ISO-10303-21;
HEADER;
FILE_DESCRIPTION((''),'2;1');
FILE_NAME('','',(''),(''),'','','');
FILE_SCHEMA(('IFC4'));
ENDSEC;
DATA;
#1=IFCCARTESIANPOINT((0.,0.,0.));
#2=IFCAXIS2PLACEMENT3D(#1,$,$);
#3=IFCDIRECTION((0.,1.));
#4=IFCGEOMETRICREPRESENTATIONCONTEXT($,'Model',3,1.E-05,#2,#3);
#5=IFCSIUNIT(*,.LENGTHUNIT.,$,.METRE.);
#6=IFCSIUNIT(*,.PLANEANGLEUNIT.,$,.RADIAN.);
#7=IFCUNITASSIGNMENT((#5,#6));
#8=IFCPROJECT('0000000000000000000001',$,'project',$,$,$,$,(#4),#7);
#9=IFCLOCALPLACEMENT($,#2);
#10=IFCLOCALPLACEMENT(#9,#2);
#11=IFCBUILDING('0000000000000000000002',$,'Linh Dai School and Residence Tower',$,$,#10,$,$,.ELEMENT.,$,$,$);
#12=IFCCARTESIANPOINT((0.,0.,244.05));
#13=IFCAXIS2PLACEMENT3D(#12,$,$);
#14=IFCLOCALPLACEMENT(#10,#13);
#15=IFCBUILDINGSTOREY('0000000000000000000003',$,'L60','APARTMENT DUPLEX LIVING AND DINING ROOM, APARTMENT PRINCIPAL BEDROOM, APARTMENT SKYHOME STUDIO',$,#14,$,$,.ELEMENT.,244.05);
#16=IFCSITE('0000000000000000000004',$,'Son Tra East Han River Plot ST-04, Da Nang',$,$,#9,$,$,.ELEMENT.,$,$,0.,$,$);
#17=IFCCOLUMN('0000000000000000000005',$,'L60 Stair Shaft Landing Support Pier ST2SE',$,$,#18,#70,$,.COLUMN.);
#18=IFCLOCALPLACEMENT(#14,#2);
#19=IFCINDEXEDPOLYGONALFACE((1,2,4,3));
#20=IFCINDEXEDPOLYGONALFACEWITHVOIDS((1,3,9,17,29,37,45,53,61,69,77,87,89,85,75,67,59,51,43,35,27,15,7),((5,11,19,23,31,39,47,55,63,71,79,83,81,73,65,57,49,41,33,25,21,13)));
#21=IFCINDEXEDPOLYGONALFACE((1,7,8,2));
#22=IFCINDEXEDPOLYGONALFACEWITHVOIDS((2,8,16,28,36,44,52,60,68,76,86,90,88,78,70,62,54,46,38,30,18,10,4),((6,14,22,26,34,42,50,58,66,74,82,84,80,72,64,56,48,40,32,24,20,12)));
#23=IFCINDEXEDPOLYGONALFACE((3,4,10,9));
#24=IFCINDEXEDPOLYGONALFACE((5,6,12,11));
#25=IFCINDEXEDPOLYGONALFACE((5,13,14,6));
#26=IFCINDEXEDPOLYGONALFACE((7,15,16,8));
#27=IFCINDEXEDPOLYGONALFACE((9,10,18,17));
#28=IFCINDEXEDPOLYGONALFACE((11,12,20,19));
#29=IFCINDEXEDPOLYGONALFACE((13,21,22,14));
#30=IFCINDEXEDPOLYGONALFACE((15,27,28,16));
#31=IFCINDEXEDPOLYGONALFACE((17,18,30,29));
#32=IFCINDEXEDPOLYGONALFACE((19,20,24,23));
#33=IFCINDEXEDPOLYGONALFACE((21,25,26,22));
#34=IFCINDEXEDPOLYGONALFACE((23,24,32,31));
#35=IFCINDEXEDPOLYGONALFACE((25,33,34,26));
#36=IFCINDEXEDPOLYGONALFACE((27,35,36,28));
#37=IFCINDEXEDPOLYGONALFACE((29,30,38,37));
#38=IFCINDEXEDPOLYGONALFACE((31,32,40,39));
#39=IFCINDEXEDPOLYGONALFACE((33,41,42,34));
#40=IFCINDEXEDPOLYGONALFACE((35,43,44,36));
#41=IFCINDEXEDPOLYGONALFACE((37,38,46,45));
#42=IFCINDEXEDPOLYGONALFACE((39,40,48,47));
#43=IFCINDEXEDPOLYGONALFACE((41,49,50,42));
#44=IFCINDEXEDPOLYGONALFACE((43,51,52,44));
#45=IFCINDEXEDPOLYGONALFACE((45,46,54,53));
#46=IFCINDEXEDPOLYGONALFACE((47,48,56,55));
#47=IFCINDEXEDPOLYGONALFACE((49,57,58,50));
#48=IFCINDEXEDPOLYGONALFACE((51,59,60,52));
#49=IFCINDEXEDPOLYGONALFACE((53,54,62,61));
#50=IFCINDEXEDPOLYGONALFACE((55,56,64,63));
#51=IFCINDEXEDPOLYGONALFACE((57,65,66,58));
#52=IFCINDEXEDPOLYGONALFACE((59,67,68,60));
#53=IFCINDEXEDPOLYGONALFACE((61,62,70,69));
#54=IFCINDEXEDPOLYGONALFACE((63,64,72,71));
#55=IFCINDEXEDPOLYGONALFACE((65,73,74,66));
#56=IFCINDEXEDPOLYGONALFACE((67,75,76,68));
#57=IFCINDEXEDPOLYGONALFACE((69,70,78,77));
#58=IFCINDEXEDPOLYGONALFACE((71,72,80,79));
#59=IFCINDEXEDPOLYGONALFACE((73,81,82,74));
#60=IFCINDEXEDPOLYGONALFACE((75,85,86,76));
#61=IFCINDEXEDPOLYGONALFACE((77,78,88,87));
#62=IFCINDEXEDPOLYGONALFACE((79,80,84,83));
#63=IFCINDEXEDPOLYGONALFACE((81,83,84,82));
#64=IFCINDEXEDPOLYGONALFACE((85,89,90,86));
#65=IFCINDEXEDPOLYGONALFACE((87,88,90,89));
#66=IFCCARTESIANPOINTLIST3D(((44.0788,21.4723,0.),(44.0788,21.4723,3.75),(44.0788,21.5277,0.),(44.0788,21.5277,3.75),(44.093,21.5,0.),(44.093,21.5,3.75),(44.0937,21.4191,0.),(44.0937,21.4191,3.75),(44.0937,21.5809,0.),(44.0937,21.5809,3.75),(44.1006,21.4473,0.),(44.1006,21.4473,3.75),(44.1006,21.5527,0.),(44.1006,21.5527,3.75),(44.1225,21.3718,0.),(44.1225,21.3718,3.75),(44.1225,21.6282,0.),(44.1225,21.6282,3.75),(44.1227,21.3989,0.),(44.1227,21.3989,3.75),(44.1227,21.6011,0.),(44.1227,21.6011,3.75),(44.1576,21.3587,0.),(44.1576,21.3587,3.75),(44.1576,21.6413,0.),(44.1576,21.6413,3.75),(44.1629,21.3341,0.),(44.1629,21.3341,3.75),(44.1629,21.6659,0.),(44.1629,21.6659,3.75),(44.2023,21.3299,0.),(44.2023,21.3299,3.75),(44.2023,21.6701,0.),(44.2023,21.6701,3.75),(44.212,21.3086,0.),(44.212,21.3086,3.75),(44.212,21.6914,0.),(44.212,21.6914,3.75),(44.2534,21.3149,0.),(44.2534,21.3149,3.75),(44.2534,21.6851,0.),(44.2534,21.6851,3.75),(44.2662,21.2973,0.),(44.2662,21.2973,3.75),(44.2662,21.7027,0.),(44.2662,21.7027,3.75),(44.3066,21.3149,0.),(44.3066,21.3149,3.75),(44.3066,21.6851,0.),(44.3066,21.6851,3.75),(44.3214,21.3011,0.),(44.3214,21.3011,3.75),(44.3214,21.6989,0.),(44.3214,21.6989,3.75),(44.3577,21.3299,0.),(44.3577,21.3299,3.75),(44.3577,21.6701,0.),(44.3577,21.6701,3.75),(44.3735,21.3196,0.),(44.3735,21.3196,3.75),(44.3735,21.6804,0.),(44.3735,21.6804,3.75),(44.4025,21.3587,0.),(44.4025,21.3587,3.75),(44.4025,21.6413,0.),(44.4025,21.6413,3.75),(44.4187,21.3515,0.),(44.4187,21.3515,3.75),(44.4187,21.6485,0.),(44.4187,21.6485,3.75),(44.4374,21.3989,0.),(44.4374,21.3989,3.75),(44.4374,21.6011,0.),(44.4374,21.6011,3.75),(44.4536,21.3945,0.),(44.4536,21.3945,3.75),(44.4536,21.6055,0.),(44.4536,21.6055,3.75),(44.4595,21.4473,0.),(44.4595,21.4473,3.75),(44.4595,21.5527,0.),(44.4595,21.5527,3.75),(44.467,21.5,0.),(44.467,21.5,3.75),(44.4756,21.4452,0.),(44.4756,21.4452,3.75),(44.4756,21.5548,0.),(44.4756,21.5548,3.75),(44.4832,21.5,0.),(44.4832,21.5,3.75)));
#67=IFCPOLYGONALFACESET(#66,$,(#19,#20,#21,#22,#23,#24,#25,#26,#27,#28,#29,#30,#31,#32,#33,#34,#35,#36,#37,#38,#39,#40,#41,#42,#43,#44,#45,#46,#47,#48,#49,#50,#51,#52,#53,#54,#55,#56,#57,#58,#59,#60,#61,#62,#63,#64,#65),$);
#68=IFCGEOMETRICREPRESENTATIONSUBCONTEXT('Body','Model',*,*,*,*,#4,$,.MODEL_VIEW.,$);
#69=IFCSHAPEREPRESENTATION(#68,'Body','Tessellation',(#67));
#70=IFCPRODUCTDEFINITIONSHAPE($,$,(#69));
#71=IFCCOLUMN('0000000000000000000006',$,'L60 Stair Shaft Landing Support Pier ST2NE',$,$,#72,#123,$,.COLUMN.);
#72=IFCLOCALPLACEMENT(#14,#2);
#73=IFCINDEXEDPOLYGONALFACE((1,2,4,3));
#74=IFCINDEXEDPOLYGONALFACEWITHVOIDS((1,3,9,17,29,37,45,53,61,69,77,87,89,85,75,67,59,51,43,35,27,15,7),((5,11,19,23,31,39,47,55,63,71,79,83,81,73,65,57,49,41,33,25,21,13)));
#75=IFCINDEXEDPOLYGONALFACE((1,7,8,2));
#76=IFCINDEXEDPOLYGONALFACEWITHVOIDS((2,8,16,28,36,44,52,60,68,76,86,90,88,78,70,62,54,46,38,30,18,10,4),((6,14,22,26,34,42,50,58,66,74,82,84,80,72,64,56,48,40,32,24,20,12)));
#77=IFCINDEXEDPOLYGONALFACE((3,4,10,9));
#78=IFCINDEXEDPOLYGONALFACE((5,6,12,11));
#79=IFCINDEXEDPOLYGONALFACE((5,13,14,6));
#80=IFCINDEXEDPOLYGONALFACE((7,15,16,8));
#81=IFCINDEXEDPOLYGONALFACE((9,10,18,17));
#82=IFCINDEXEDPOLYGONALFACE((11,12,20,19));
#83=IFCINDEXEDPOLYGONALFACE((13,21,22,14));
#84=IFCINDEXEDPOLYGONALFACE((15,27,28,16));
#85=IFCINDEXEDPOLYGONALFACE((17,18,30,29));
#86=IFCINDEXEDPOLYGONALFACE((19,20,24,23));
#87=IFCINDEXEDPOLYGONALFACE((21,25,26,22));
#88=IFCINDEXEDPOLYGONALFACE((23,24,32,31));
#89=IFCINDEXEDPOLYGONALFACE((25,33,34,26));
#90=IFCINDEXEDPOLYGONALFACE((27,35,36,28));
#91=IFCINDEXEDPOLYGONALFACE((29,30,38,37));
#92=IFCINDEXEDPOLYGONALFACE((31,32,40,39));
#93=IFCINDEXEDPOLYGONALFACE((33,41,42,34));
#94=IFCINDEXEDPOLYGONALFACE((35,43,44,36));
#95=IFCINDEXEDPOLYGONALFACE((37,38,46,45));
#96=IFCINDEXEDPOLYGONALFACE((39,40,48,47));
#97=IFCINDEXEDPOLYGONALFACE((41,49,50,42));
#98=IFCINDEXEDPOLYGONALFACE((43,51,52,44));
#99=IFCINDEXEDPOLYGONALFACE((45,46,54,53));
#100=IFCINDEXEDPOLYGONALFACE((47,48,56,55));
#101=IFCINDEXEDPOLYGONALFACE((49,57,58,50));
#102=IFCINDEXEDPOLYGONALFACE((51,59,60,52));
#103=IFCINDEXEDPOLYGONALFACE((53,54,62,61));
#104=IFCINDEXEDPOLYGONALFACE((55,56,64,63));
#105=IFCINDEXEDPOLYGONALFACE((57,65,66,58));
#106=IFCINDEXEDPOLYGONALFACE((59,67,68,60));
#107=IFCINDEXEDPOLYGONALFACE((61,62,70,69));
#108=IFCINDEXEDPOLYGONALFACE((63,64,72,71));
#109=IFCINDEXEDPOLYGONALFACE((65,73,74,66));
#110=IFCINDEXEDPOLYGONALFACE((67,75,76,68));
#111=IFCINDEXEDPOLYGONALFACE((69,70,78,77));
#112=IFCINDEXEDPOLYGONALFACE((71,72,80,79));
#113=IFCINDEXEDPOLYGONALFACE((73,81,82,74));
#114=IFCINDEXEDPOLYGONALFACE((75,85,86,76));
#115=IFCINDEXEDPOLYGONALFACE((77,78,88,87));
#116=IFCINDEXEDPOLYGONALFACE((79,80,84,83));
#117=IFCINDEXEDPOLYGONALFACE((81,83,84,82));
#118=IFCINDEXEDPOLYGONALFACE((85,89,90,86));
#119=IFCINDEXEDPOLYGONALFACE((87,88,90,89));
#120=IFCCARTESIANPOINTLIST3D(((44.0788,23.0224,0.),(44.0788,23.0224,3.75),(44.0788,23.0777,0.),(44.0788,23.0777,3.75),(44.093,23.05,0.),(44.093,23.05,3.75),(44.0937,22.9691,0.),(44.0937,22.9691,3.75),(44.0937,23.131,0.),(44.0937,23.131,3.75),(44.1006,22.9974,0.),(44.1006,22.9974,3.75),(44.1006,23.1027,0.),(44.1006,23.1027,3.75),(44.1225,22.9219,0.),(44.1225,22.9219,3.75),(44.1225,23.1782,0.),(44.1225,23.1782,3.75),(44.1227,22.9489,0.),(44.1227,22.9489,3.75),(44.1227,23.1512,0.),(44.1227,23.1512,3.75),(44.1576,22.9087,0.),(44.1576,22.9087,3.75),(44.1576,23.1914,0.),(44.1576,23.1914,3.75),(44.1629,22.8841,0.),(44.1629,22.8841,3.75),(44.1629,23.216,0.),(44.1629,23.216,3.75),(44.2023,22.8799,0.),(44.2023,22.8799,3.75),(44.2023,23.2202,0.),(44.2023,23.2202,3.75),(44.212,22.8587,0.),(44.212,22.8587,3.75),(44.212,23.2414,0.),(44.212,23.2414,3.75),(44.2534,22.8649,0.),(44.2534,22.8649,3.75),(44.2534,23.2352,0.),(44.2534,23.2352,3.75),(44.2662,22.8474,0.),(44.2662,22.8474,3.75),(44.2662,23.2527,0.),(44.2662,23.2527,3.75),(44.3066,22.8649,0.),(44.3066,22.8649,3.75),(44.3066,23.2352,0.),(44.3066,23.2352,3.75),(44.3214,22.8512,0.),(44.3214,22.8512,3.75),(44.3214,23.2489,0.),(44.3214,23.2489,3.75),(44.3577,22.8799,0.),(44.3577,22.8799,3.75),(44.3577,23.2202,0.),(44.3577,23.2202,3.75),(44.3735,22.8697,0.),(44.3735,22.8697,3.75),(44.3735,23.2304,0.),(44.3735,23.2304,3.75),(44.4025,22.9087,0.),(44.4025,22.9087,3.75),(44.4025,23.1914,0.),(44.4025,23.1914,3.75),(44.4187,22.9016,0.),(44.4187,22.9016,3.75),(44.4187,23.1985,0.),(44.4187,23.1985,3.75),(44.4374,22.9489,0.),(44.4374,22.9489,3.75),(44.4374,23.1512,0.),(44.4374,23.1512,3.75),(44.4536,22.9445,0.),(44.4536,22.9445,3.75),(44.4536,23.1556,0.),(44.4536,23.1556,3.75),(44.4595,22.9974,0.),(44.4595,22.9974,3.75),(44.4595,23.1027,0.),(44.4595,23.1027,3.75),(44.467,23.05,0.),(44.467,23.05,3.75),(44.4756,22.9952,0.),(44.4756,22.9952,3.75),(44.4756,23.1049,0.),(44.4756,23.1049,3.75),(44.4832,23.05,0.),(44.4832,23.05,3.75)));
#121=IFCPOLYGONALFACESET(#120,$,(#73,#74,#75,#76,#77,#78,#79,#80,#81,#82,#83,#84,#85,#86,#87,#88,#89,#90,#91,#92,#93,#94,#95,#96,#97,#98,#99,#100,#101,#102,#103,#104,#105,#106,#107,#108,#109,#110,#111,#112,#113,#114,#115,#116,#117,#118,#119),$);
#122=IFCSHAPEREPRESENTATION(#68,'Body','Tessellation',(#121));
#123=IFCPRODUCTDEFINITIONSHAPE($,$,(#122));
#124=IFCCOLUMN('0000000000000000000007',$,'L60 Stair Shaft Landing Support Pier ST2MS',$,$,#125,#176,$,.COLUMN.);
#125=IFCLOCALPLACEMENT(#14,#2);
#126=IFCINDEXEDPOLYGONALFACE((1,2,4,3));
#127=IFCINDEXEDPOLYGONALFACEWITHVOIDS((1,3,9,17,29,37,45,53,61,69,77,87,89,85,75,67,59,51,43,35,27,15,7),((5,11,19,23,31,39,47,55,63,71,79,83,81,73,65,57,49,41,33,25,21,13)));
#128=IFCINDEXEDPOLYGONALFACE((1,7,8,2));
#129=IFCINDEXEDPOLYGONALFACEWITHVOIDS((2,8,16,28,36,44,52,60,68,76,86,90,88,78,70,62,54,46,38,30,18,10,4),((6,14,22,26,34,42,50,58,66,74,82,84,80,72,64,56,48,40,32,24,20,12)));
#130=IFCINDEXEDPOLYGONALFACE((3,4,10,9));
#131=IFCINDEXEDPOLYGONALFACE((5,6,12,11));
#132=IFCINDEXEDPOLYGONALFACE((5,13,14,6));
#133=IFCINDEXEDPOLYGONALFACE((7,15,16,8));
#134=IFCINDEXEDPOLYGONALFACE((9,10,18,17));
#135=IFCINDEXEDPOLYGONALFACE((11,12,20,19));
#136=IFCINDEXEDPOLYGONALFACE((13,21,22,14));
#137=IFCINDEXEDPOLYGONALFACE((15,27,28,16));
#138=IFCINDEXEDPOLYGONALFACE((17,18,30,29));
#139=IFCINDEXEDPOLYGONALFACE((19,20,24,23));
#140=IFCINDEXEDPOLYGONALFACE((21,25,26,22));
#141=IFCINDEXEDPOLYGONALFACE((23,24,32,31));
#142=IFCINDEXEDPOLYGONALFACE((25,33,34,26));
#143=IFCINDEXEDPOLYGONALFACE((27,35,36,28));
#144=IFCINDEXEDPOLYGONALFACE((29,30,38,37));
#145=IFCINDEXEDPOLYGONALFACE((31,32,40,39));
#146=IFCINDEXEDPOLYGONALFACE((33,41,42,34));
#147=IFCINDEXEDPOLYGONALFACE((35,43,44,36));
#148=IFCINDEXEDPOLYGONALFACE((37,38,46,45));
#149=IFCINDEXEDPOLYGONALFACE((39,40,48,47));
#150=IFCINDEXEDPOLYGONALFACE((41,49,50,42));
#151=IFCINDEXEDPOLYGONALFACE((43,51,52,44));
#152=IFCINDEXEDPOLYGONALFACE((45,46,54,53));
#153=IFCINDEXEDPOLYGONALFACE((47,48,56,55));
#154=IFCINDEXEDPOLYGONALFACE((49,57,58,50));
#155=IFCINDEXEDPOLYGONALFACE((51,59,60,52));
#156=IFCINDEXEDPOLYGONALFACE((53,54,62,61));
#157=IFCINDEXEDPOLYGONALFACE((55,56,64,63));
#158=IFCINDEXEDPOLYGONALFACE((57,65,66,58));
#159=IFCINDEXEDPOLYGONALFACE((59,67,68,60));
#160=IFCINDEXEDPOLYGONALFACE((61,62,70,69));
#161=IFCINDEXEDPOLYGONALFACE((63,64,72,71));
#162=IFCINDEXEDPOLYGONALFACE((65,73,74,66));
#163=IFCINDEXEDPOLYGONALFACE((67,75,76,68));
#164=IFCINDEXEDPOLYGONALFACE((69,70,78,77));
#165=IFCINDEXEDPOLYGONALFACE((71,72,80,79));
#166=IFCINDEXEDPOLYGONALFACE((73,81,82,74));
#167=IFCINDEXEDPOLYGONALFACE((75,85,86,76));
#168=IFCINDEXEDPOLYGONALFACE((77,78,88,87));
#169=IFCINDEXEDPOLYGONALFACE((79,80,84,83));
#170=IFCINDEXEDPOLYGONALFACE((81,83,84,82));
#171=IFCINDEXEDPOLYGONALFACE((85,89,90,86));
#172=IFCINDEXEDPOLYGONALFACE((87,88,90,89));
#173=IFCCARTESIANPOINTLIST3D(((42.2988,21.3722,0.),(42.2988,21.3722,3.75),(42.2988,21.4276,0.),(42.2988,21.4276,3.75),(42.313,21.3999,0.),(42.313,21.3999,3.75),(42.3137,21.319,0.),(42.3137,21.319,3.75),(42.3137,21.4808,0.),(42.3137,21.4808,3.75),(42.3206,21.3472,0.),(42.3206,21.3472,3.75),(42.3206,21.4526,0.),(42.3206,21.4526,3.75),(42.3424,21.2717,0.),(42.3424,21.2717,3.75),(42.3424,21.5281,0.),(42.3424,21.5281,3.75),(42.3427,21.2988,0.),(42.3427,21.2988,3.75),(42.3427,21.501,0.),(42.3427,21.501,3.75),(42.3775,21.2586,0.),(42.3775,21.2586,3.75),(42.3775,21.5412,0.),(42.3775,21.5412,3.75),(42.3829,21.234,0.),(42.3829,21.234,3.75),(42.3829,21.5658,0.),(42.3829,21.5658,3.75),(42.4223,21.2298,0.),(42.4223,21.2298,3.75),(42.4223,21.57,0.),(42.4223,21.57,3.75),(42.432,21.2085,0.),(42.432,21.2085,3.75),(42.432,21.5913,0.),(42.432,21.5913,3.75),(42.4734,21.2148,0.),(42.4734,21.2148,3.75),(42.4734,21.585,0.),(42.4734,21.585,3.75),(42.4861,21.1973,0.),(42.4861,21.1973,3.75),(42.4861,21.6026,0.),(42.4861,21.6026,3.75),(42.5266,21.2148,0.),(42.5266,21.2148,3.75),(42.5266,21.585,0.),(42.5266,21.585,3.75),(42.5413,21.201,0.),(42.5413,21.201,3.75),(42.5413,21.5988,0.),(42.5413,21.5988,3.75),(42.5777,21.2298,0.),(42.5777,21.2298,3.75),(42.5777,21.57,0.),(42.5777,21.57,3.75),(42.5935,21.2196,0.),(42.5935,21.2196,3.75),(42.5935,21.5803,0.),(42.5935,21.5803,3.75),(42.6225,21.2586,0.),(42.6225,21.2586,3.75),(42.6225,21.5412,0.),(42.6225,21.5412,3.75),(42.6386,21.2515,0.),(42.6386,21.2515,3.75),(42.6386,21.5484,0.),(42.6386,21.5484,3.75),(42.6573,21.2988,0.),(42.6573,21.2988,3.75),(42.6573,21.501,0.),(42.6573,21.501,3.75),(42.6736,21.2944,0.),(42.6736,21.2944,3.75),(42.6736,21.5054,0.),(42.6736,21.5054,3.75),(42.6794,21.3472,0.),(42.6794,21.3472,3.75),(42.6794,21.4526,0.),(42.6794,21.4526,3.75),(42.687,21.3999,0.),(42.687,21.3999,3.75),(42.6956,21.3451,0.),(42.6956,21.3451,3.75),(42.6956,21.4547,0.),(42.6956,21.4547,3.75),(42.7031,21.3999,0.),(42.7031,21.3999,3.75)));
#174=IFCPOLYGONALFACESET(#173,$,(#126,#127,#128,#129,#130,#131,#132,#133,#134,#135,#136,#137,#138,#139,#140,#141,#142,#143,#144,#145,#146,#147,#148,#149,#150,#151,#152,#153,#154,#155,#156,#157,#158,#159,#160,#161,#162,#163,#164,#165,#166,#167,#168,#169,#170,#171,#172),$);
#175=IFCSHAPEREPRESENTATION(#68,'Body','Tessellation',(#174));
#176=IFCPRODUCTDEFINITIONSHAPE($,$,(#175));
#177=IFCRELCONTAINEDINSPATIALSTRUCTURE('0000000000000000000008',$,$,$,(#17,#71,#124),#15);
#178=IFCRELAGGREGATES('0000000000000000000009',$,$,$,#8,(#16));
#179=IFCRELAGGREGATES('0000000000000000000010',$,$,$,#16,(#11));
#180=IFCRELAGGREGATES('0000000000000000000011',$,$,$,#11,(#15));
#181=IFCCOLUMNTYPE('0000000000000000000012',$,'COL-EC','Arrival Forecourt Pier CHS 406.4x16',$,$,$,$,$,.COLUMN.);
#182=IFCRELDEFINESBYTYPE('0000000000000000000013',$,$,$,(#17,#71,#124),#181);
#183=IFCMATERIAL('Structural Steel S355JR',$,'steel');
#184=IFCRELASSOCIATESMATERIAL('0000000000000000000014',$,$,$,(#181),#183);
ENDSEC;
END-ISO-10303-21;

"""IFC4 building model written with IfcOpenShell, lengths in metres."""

from ifc_helpers import new_model, si_unit, direction, frame, origin, origin_2d, place, context, subcontext, project, spatial, hollow_circle, extrude, material, material_profile, profile_set, type_object, element, save


model = new_model("IFC4")

# Units and contexts
model_context = context("Model", 3, precision=1e-05, world=origin(), true_north=direction((0.0, 1.0)))
body_context = subcontext(model_context, "Body", "Model", "MODEL_VIEW")
ifc_project = project(units=[si_unit("LENGTHUNIT", "METRE"), si_unit("PLANEANGLEUNIT", "RADIAN")], contexts=[model_context])

# Site, building, storey
site_placement = place(None, origin())
site = spatial("IfcSite", under=ifc_project, at=site_placement, Name="Son Tra East Han River Plot ST-04, Da Nang", CompositionType="ELEMENT", RefElevation=0.0)
building_placement = place(site_placement, origin())
building = spatial("IfcBuilding", under=site, at=building_placement, Name="Linh Dai School and Residence Tower", CompositionType="ELEMENT")
storey_placement = place(building_placement, frame((0.0, 0.0, 244.05)))
storey = spatial("IfcBuildingStorey", under=building, at=storey_placement, Name="L60", Description="APARTMENT DUPLEX LIVING AND DINING ROOM, APARTMENT PRINCIPAL BEDROOM, APARTMENT SKYHOME STUDIO", CompositionType="ELEMENT", Elevation=244.05)

# Columns
ifc_material_1 = material(Name="Structural Steel S355JR", Category="steel")
ifc_material_profile_1 = material_profile(ifc_material_1, hollow_circle(Radius=0.2031, WallThickness=0.0161, at=origin_2d()), Name="CHS 406.4x16")
ifc_profile_set_1 = profile_set([ifc_material_profile_1], Name="Structural Steel S355JR")
column_type_1 = type_object("IfcColumnType", Name="COL-EC", Description="Arrival Forecourt Pier CHS 406.4x16", PredefinedType="COLUMN", material=ifc_profile_set_1)
for number, where, z_axis, x_axis, name in (
    (1, (44.28, 21.5, 0.0), (0.0, 0.0, 1.0), (1.0, 0.0, 0.0), "L60 Stair Shaft Landing Support Pier ST2SE"),
    (2, (44.28, 23.05, 0.0), (0.0, 0.0, 1.0), (1.0, 0.0, 0.0), "L60 Stair Shaft Landing Support Pier ST2NE"),
    (3, (42.5, 21.3999, 0.0), (0.0, 0.0, 1.0), (1.0, 0.0, 0.0), "L60 Stair Shaft Landing Support Pier ST2MS"),
):
    element("IfcColumn", number, at=place(storey_placement, frame(where, z_axis=z_axis, x_axis=x_axis)), inside=storey, type_object=column_type_1, Name=name, PredefinedType="COLUMN", context=body_context, shape_type="SweptSolid", body=[
        extrude(hollow_circle(Radius=0.2031, WallThickness=0.0161, at=origin_2d()), origin(), (0.0, 0.0, 1.0), 3.75),
    ])

save(model, "model.ifc")
